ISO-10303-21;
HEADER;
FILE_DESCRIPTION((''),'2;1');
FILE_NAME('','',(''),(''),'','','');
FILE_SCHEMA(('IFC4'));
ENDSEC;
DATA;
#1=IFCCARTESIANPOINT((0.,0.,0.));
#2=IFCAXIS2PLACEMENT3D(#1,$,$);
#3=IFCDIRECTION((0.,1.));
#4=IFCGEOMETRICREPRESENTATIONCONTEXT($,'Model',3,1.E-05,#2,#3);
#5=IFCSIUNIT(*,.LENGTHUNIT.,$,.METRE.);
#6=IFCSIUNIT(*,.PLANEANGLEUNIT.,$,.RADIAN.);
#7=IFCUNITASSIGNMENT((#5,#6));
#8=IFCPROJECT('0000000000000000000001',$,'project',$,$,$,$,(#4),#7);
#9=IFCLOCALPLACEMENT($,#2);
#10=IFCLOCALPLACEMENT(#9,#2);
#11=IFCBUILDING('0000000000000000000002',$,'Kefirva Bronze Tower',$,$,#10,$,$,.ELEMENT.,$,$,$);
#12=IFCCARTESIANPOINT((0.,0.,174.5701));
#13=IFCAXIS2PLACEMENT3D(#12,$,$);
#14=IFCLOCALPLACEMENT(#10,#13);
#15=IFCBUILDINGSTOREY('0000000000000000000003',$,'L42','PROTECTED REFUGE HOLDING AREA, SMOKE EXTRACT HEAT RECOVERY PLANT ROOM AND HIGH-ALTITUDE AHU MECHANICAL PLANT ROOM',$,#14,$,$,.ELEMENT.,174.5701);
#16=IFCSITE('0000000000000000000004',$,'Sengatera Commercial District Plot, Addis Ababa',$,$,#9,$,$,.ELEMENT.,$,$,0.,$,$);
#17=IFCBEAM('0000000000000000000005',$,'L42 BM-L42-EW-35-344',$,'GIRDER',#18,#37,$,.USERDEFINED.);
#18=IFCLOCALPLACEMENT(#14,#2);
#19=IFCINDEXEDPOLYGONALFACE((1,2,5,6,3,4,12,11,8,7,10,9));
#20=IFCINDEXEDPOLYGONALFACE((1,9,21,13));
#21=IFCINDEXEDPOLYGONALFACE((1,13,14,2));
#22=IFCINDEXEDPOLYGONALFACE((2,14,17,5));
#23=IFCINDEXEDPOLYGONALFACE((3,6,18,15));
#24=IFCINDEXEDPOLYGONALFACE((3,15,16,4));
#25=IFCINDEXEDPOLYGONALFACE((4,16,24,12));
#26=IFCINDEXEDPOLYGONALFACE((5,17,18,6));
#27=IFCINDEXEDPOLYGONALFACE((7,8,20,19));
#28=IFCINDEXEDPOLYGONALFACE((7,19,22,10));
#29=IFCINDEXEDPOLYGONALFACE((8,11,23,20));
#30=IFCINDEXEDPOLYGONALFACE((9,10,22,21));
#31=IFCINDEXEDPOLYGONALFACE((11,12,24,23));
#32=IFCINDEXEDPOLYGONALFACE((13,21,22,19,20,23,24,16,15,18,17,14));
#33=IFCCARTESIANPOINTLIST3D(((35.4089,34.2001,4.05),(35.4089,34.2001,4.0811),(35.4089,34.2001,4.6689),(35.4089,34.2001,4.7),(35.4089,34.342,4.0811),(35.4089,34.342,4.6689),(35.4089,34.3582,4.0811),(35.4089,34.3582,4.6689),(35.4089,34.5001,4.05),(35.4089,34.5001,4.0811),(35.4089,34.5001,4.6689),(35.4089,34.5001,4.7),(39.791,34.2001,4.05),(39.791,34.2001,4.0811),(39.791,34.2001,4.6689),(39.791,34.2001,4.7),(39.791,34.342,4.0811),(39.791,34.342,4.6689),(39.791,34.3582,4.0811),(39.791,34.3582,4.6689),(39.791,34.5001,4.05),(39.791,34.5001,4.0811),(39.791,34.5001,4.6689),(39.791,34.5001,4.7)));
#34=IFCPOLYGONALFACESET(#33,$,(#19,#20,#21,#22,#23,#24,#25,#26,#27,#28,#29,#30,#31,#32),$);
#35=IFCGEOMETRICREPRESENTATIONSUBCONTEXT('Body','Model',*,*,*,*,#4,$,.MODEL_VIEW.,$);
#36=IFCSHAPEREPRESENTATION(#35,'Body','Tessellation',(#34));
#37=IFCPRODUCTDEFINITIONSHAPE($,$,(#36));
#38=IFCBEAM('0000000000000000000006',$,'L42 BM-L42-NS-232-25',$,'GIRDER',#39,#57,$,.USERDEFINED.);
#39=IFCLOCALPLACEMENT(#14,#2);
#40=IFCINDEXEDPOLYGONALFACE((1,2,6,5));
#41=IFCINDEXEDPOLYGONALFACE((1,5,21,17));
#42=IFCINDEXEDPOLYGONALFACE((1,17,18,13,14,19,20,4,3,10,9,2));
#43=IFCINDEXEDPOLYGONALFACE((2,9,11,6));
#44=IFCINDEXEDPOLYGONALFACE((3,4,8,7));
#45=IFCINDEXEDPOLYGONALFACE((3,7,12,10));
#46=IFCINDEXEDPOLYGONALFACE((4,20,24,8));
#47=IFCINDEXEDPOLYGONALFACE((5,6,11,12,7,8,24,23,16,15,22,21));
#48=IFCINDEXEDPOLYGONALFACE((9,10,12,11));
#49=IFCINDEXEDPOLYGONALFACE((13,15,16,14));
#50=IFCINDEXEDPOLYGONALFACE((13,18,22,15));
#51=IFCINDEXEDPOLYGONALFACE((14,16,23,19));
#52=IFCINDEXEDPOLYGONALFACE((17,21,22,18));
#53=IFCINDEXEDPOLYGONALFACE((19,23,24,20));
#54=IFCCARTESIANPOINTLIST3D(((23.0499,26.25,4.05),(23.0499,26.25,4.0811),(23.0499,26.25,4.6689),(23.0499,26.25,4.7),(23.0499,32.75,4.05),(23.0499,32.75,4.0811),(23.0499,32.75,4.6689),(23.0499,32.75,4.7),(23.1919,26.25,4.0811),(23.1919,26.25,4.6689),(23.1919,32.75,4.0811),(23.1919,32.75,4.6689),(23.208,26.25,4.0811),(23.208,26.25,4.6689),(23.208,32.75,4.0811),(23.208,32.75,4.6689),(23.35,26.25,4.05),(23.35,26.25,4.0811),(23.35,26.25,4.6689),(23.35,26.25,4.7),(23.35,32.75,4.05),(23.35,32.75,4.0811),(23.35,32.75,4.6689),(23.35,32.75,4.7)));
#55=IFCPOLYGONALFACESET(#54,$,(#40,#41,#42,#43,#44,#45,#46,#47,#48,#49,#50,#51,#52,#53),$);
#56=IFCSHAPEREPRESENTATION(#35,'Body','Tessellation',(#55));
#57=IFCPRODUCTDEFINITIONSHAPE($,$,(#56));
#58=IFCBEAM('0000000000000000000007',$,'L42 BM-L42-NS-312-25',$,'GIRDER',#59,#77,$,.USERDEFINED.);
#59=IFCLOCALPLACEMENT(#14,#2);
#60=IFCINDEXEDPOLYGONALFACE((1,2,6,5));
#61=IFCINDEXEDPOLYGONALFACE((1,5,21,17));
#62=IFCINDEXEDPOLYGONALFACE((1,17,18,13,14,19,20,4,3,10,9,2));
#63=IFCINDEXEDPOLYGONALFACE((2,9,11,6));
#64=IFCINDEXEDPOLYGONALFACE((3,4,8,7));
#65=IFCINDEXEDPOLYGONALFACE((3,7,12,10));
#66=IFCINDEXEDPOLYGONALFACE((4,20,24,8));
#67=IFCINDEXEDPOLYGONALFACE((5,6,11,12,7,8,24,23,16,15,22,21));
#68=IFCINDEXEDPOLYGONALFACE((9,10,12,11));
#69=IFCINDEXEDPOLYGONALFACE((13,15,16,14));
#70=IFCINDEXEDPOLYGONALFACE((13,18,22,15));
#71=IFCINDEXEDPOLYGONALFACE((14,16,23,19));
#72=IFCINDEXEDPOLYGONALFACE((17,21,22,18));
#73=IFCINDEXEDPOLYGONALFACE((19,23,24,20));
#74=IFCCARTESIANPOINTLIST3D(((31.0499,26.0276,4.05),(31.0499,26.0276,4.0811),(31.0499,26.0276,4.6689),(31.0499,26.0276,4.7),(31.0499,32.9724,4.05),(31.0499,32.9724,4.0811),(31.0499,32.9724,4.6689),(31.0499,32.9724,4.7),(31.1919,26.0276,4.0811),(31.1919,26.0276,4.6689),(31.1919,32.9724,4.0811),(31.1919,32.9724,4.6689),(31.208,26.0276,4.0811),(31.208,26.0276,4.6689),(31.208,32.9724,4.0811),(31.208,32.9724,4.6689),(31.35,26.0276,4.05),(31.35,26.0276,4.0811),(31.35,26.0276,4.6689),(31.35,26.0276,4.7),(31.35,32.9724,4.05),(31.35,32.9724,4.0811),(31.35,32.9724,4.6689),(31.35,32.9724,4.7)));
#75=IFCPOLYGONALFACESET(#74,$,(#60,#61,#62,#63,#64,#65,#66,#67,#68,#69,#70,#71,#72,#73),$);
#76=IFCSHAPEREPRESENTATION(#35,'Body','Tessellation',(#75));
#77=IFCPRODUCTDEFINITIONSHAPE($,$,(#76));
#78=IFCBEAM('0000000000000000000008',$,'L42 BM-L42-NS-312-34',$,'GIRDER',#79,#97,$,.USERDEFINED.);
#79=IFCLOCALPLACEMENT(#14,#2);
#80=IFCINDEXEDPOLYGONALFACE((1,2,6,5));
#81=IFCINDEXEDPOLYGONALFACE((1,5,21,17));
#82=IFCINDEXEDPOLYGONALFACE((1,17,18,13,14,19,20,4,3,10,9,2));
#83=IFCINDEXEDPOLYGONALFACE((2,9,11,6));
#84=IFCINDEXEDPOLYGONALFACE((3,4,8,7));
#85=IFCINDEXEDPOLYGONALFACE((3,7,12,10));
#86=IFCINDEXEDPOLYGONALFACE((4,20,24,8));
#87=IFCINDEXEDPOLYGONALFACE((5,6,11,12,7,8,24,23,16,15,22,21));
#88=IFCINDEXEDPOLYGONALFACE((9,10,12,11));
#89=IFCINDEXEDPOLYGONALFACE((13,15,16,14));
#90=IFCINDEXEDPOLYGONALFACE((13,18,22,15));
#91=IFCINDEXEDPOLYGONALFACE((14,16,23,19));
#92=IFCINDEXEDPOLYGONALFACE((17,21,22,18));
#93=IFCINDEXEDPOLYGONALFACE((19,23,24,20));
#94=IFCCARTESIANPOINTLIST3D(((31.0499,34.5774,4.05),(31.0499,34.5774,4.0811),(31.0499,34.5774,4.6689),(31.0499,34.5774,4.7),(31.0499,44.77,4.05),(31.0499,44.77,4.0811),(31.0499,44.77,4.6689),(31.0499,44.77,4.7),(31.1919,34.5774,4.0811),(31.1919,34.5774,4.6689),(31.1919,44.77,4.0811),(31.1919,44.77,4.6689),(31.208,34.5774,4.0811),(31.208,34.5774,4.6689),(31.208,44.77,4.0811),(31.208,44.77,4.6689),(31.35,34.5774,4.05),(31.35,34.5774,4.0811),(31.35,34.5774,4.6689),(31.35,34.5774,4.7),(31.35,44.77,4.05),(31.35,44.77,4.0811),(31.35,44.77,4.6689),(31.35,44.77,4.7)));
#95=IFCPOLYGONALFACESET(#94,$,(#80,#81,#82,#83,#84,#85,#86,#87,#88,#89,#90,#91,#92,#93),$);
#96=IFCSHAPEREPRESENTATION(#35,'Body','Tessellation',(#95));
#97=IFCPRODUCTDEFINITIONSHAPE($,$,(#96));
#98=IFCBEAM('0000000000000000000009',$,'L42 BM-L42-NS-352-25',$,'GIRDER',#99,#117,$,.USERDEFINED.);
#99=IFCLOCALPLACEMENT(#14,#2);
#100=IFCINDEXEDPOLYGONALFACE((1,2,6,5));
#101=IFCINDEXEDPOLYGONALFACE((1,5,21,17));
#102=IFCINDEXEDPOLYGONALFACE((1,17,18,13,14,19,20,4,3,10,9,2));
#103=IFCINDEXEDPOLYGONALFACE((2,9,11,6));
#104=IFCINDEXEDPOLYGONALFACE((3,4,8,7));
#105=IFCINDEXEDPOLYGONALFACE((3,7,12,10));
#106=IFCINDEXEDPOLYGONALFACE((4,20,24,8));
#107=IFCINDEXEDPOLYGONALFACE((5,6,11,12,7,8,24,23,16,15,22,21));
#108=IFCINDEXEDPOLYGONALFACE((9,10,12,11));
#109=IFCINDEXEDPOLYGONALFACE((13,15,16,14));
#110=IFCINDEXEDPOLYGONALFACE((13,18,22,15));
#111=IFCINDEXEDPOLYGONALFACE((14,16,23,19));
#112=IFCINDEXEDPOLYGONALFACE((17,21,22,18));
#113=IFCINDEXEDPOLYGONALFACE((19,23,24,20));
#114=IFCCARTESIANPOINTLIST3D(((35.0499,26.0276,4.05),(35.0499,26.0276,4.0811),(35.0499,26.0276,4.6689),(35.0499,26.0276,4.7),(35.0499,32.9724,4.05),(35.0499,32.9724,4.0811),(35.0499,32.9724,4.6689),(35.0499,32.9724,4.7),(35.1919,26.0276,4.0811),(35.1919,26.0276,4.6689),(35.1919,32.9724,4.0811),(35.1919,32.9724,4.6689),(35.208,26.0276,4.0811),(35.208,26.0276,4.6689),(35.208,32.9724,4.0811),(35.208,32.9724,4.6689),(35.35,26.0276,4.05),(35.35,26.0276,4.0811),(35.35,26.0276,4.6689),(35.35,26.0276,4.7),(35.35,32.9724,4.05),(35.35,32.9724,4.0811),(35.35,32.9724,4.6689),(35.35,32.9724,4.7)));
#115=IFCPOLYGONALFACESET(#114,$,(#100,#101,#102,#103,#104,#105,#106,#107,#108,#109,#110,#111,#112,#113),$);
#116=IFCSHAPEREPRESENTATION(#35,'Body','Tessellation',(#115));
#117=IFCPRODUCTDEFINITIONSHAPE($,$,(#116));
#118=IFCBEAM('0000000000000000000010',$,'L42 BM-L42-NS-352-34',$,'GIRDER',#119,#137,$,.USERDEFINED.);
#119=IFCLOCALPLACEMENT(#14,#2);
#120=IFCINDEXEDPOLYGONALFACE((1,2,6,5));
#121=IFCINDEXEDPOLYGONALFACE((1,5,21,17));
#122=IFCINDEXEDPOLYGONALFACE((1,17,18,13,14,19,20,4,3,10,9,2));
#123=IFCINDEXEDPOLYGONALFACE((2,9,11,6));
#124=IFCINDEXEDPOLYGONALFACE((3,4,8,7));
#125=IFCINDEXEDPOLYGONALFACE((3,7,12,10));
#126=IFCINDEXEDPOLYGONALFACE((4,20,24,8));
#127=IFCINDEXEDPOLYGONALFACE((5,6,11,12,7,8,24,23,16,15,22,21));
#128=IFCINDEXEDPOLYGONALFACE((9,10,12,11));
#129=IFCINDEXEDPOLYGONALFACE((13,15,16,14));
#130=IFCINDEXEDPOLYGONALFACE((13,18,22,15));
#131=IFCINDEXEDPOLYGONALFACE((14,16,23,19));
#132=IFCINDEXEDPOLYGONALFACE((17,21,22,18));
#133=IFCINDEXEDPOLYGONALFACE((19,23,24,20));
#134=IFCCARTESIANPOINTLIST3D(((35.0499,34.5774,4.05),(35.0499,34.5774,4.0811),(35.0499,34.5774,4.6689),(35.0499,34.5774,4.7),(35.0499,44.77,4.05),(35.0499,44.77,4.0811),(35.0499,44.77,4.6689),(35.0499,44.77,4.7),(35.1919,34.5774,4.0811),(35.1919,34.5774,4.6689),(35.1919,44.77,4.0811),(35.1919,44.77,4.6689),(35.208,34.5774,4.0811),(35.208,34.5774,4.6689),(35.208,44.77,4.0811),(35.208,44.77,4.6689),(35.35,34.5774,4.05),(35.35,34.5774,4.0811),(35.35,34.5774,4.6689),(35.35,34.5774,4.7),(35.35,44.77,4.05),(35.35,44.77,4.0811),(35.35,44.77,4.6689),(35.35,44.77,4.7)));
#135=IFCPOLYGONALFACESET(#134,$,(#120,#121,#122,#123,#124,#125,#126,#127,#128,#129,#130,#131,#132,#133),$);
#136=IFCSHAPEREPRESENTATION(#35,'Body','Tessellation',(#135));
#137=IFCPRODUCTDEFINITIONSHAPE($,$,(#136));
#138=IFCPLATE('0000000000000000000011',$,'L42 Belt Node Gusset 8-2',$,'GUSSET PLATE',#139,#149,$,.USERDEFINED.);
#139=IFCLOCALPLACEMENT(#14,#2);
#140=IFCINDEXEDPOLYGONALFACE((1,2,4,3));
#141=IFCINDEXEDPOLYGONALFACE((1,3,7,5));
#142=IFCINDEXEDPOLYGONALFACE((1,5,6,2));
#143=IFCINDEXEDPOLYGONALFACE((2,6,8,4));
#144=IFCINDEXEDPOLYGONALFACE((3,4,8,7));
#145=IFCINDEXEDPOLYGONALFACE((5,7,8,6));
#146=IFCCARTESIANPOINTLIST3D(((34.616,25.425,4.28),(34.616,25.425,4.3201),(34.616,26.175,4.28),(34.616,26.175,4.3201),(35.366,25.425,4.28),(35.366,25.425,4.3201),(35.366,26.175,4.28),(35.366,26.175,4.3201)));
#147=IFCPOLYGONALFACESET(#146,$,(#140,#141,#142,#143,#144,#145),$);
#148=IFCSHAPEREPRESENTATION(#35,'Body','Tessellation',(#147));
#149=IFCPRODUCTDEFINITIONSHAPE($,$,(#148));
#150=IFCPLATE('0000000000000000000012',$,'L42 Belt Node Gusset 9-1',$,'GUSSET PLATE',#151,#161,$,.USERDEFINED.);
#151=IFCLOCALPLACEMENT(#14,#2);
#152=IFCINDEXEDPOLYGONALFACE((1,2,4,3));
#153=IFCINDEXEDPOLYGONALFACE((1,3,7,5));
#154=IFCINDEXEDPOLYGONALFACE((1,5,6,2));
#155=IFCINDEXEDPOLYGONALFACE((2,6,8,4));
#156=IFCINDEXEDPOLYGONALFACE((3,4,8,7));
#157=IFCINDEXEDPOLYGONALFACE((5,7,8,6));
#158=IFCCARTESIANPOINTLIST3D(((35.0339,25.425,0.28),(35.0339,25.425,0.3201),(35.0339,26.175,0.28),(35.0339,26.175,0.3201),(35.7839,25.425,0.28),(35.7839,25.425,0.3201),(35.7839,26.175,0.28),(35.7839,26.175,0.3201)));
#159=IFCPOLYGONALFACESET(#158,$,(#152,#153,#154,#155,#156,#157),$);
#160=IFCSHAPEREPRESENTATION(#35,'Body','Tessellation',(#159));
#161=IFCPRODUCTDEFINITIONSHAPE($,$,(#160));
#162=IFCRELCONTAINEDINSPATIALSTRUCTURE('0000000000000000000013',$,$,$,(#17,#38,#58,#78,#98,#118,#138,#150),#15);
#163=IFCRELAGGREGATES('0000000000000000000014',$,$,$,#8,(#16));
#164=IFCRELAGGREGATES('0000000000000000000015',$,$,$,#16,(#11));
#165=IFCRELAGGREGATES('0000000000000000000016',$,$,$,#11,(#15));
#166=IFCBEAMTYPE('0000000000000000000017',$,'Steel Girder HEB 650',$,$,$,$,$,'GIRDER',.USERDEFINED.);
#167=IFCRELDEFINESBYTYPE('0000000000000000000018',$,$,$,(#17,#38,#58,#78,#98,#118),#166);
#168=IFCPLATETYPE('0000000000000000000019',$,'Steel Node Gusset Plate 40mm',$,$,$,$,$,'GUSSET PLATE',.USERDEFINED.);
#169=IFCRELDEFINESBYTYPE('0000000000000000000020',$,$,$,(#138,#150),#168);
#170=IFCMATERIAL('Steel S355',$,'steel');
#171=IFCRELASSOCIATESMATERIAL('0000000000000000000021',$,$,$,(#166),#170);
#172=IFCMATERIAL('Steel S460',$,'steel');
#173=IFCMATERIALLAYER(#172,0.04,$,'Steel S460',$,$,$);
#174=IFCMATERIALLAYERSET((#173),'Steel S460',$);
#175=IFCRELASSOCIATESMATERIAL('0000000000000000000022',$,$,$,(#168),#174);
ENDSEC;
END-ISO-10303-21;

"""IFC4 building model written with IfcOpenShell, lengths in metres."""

from ifc_helpers import new_model, si_unit, direction, frame, origin, origin_2d, place, context, subcontext, project, spatial, rectangle, i_section, extrude, material, layer, layer_set, material_profile, profile_set, type_object, element, save


model = new_model("IFC4")

# Units and contexts
model_context = context("Model", 3, precision=1e-05, world=origin(), true_north=direction((0.0, 1.0)))
body_context = subcontext(model_context, "Body", "Model", "MODEL_VIEW")
ifc_project = project(units=[si_unit("LENGTHUNIT", "METRE"), si_unit("PLANEANGLEUNIT", "RADIAN")], contexts=[model_context])

# Site, building, storey
site_placement = place(None, origin())
site = spatial("IfcSite", under=ifc_project, at=site_placement, Name="Sengatera Commercial District Plot, Addis Ababa", CompositionType="ELEMENT", RefElevation=0.0)
building_placement = place(site_placement, origin())
building = spatial("IfcBuilding", under=site, at=building_placement, Name="Kefirva Bronze Tower", CompositionType="ELEMENT")
storey_placement = place(building_placement, frame((0.0, 0.0, 174.5701)))
storey = spatial("IfcBuildingStorey", under=building, at=storey_placement, Name="L42", Description="PROTECTED REFUGE HOLDING AREA, SMOKE EXTRACT HEAT RECOVERY PLANT ROOM AND HIGH-ALTITUDE AHU MECHANICAL PLANT ROOM", CompositionType="ELEMENT", Elevation=174.5701)

# Shared definitions
ifc_material_1 = material(Name="Steel S460", Category="steel")

# Beams
ifc_material_2 = material(Name="Steel S355", Category="steel")
ifc_material_profile_1 = material_profile(ifc_material_2, i_section(OverallWidth=0.3, OverallDepth=0.6499, WebThickness=0.0161, FlangeThickness=0.031, at=origin_2d()), Name="HEB 650")
ifc_profile_set_1 = profile_set([ifc_material_profile_1], Name="Steel S355")
beam_type_1 = type_object("IfcBeamType", Name="Steel Girder HEB 650", ElementType="GIRDER", PredefinedType="USERDEFINED", material=ifc_profile_set_1)
beam_1_placement = place(storey_placement, frame((35.4089, 34.3501, 4.375), z_axis=(1.0, 0.0, 0.0), x_axis=(0.0, 1.0, 0.0)))
element("IfcBeam", 1, at=beam_1_placement, inside=storey, type_object=beam_type_1, Name="L42 BM-L42-EW-35-344", ObjectType="GIRDER", PredefinedType="USERDEFINED", context=body_context, shape_type="SweptSolid", body=[
    extrude(i_section(OverallWidth=0.3, OverallDepth=0.6499, WebThickness=0.0161, FlangeThickness=0.031, at=origin_2d()), origin(), (0.0, 0.0, 1.0), 4.3821),
])
beam_2_placement = place(storey_placement, frame((23.2, 26.25, 4.375), z_axis=(0.0, 1.0, 0.0), x_axis=(-1.0, 0.0, 0.0)))
element("IfcBeam", 2, at=beam_2_placement, inside=storey, type_object=beam_type_1, Name="L42 BM-L42-NS-232-25", ObjectType="GIRDER", PredefinedType="USERDEFINED", context=body_context, shape_type="SweptSolid", body=[
    extrude(i_section(OverallWidth=0.3, OverallDepth=0.6499, WebThickness=0.0161, FlangeThickness=0.031, at=origin_2d()), origin(), (0.0, 0.0, 1.0), 6.5),
])
beam_3_placement = place(storey_placement, frame((31.2, 26.0276, 4.375), z_axis=(0.0, 1.0, 0.0), x_axis=(-1.0, 0.0, 0.0)))
element("IfcBeam", 3, at=beam_3_placement, inside=storey, type_object=beam_type_1, Name="L42 BM-L42-NS-312-25", ObjectType="GIRDER", PredefinedType="USERDEFINED", context=body_context, shape_type="SweptSolid", body=[
    extrude(i_section(OverallWidth=0.3, OverallDepth=0.6499, WebThickness=0.0161, FlangeThickness=0.031, at=origin_2d()), origin(), (0.0, 0.0, 1.0), 6.9448),
])
beam_4_placement = place(storey_placement, frame((31.2, 34.5774, 4.375), z_axis=(0.0, 1.0, 0.0), x_axis=(-1.0, 0.0, 0.0)))
element("IfcBeam", 4, at=beam_4_placement, inside=storey, type_object=beam_type_1, Name="L42 BM-L42-NS-312-34", ObjectType="GIRDER", PredefinedType="USERDEFINED", context=body_context, shape_type="SweptSolid", body=[
    extrude(i_section(OverallWidth=0.3, OverallDepth=0.6499, WebThickness=0.0161, FlangeThickness=0.031, at=origin_2d()), origin(), (0.0, 0.0, 1.0), 10.1926),
])
beam_5_placement = place(storey_placement, frame((35.2, 26.0276, 4.375), z_axis=(0.0, 1.0, 0.0), x_axis=(-1.0, 0.0, 0.0)))
element("IfcBeam", 5, at=beam_5_placement, inside=storey, type_object=beam_type_1, Name="L42 BM-L42-NS-352-25", ObjectType="GIRDER", PredefinedType="USERDEFINED", context=body_context, shape_type="SweptSolid", body=[
    extrude(i_section(OverallWidth=0.3, OverallDepth=0.6499, WebThickness=0.0161, FlangeThickness=0.031, at=origin_2d()), origin(), (0.0, 0.0, 1.0), 6.9448),
])
beam_6_placement = place(storey_placement, frame((35.2, 34.5774, 4.375), z_axis=(0.0, 1.0, 0.0), x_axis=(-1.0, 0.0, 0.0)))
element("IfcBeam", 6, at=beam_6_placement, inside=storey, type_object=beam_type_1, Name="L42 BM-L42-NS-352-34", ObjectType="GIRDER", PredefinedType="USERDEFINED", context=body_context, shape_type="SweptSolid", body=[
    extrude(i_section(OverallWidth=0.3, OverallDepth=0.6499, WebThickness=0.0161, FlangeThickness=0.031, at=origin_2d()), origin(), (0.0, 0.0, 1.0), 10.1926),
])

# Plates
ifc_layer_1 = layer(ifc_material_1, 0.04, Name="Steel S460")
ifc_layer_set_1 = layer_set([ifc_layer_1], Name="Steel S460")
plate_type = type_object("IfcPlateType", Name="Steel Node Gusset Plate 40mm", ElementType="GUSSET PLATE", PredefinedType="USERDEFINED", material=ifc_layer_set_1)
for number, where, z_axis, x_axis, name in (
    (7, (34.991, 25.8, 4.28), (0.0, 0.0, 1.0), (1.0, 0.0, 0.0), "L42 Belt Node Gusset 8-2"),
    (8, (35.4089, 25.8, 0.28), (0.0, 0.0, 1.0), (1.0, 0.0, 0.0), "L42 Belt Node Gusset 9-1"),
):
    element("IfcPlate", number, at=place(storey_placement, frame(where, z_axis=z_axis, x_axis=x_axis)), inside=storey, type_object=plate_type, Name=name, ObjectType="GUSSET PLATE", PredefinedType="USERDEFINED", context=body_context, shape_type="SweptSolid", body=[
        extrude(rectangle(XDim=0.75, YDim=0.75, at=origin_2d()), origin(), (0.0, 0.0, 1.0), 0.04),
    ])

save(model, "model.ifc")
